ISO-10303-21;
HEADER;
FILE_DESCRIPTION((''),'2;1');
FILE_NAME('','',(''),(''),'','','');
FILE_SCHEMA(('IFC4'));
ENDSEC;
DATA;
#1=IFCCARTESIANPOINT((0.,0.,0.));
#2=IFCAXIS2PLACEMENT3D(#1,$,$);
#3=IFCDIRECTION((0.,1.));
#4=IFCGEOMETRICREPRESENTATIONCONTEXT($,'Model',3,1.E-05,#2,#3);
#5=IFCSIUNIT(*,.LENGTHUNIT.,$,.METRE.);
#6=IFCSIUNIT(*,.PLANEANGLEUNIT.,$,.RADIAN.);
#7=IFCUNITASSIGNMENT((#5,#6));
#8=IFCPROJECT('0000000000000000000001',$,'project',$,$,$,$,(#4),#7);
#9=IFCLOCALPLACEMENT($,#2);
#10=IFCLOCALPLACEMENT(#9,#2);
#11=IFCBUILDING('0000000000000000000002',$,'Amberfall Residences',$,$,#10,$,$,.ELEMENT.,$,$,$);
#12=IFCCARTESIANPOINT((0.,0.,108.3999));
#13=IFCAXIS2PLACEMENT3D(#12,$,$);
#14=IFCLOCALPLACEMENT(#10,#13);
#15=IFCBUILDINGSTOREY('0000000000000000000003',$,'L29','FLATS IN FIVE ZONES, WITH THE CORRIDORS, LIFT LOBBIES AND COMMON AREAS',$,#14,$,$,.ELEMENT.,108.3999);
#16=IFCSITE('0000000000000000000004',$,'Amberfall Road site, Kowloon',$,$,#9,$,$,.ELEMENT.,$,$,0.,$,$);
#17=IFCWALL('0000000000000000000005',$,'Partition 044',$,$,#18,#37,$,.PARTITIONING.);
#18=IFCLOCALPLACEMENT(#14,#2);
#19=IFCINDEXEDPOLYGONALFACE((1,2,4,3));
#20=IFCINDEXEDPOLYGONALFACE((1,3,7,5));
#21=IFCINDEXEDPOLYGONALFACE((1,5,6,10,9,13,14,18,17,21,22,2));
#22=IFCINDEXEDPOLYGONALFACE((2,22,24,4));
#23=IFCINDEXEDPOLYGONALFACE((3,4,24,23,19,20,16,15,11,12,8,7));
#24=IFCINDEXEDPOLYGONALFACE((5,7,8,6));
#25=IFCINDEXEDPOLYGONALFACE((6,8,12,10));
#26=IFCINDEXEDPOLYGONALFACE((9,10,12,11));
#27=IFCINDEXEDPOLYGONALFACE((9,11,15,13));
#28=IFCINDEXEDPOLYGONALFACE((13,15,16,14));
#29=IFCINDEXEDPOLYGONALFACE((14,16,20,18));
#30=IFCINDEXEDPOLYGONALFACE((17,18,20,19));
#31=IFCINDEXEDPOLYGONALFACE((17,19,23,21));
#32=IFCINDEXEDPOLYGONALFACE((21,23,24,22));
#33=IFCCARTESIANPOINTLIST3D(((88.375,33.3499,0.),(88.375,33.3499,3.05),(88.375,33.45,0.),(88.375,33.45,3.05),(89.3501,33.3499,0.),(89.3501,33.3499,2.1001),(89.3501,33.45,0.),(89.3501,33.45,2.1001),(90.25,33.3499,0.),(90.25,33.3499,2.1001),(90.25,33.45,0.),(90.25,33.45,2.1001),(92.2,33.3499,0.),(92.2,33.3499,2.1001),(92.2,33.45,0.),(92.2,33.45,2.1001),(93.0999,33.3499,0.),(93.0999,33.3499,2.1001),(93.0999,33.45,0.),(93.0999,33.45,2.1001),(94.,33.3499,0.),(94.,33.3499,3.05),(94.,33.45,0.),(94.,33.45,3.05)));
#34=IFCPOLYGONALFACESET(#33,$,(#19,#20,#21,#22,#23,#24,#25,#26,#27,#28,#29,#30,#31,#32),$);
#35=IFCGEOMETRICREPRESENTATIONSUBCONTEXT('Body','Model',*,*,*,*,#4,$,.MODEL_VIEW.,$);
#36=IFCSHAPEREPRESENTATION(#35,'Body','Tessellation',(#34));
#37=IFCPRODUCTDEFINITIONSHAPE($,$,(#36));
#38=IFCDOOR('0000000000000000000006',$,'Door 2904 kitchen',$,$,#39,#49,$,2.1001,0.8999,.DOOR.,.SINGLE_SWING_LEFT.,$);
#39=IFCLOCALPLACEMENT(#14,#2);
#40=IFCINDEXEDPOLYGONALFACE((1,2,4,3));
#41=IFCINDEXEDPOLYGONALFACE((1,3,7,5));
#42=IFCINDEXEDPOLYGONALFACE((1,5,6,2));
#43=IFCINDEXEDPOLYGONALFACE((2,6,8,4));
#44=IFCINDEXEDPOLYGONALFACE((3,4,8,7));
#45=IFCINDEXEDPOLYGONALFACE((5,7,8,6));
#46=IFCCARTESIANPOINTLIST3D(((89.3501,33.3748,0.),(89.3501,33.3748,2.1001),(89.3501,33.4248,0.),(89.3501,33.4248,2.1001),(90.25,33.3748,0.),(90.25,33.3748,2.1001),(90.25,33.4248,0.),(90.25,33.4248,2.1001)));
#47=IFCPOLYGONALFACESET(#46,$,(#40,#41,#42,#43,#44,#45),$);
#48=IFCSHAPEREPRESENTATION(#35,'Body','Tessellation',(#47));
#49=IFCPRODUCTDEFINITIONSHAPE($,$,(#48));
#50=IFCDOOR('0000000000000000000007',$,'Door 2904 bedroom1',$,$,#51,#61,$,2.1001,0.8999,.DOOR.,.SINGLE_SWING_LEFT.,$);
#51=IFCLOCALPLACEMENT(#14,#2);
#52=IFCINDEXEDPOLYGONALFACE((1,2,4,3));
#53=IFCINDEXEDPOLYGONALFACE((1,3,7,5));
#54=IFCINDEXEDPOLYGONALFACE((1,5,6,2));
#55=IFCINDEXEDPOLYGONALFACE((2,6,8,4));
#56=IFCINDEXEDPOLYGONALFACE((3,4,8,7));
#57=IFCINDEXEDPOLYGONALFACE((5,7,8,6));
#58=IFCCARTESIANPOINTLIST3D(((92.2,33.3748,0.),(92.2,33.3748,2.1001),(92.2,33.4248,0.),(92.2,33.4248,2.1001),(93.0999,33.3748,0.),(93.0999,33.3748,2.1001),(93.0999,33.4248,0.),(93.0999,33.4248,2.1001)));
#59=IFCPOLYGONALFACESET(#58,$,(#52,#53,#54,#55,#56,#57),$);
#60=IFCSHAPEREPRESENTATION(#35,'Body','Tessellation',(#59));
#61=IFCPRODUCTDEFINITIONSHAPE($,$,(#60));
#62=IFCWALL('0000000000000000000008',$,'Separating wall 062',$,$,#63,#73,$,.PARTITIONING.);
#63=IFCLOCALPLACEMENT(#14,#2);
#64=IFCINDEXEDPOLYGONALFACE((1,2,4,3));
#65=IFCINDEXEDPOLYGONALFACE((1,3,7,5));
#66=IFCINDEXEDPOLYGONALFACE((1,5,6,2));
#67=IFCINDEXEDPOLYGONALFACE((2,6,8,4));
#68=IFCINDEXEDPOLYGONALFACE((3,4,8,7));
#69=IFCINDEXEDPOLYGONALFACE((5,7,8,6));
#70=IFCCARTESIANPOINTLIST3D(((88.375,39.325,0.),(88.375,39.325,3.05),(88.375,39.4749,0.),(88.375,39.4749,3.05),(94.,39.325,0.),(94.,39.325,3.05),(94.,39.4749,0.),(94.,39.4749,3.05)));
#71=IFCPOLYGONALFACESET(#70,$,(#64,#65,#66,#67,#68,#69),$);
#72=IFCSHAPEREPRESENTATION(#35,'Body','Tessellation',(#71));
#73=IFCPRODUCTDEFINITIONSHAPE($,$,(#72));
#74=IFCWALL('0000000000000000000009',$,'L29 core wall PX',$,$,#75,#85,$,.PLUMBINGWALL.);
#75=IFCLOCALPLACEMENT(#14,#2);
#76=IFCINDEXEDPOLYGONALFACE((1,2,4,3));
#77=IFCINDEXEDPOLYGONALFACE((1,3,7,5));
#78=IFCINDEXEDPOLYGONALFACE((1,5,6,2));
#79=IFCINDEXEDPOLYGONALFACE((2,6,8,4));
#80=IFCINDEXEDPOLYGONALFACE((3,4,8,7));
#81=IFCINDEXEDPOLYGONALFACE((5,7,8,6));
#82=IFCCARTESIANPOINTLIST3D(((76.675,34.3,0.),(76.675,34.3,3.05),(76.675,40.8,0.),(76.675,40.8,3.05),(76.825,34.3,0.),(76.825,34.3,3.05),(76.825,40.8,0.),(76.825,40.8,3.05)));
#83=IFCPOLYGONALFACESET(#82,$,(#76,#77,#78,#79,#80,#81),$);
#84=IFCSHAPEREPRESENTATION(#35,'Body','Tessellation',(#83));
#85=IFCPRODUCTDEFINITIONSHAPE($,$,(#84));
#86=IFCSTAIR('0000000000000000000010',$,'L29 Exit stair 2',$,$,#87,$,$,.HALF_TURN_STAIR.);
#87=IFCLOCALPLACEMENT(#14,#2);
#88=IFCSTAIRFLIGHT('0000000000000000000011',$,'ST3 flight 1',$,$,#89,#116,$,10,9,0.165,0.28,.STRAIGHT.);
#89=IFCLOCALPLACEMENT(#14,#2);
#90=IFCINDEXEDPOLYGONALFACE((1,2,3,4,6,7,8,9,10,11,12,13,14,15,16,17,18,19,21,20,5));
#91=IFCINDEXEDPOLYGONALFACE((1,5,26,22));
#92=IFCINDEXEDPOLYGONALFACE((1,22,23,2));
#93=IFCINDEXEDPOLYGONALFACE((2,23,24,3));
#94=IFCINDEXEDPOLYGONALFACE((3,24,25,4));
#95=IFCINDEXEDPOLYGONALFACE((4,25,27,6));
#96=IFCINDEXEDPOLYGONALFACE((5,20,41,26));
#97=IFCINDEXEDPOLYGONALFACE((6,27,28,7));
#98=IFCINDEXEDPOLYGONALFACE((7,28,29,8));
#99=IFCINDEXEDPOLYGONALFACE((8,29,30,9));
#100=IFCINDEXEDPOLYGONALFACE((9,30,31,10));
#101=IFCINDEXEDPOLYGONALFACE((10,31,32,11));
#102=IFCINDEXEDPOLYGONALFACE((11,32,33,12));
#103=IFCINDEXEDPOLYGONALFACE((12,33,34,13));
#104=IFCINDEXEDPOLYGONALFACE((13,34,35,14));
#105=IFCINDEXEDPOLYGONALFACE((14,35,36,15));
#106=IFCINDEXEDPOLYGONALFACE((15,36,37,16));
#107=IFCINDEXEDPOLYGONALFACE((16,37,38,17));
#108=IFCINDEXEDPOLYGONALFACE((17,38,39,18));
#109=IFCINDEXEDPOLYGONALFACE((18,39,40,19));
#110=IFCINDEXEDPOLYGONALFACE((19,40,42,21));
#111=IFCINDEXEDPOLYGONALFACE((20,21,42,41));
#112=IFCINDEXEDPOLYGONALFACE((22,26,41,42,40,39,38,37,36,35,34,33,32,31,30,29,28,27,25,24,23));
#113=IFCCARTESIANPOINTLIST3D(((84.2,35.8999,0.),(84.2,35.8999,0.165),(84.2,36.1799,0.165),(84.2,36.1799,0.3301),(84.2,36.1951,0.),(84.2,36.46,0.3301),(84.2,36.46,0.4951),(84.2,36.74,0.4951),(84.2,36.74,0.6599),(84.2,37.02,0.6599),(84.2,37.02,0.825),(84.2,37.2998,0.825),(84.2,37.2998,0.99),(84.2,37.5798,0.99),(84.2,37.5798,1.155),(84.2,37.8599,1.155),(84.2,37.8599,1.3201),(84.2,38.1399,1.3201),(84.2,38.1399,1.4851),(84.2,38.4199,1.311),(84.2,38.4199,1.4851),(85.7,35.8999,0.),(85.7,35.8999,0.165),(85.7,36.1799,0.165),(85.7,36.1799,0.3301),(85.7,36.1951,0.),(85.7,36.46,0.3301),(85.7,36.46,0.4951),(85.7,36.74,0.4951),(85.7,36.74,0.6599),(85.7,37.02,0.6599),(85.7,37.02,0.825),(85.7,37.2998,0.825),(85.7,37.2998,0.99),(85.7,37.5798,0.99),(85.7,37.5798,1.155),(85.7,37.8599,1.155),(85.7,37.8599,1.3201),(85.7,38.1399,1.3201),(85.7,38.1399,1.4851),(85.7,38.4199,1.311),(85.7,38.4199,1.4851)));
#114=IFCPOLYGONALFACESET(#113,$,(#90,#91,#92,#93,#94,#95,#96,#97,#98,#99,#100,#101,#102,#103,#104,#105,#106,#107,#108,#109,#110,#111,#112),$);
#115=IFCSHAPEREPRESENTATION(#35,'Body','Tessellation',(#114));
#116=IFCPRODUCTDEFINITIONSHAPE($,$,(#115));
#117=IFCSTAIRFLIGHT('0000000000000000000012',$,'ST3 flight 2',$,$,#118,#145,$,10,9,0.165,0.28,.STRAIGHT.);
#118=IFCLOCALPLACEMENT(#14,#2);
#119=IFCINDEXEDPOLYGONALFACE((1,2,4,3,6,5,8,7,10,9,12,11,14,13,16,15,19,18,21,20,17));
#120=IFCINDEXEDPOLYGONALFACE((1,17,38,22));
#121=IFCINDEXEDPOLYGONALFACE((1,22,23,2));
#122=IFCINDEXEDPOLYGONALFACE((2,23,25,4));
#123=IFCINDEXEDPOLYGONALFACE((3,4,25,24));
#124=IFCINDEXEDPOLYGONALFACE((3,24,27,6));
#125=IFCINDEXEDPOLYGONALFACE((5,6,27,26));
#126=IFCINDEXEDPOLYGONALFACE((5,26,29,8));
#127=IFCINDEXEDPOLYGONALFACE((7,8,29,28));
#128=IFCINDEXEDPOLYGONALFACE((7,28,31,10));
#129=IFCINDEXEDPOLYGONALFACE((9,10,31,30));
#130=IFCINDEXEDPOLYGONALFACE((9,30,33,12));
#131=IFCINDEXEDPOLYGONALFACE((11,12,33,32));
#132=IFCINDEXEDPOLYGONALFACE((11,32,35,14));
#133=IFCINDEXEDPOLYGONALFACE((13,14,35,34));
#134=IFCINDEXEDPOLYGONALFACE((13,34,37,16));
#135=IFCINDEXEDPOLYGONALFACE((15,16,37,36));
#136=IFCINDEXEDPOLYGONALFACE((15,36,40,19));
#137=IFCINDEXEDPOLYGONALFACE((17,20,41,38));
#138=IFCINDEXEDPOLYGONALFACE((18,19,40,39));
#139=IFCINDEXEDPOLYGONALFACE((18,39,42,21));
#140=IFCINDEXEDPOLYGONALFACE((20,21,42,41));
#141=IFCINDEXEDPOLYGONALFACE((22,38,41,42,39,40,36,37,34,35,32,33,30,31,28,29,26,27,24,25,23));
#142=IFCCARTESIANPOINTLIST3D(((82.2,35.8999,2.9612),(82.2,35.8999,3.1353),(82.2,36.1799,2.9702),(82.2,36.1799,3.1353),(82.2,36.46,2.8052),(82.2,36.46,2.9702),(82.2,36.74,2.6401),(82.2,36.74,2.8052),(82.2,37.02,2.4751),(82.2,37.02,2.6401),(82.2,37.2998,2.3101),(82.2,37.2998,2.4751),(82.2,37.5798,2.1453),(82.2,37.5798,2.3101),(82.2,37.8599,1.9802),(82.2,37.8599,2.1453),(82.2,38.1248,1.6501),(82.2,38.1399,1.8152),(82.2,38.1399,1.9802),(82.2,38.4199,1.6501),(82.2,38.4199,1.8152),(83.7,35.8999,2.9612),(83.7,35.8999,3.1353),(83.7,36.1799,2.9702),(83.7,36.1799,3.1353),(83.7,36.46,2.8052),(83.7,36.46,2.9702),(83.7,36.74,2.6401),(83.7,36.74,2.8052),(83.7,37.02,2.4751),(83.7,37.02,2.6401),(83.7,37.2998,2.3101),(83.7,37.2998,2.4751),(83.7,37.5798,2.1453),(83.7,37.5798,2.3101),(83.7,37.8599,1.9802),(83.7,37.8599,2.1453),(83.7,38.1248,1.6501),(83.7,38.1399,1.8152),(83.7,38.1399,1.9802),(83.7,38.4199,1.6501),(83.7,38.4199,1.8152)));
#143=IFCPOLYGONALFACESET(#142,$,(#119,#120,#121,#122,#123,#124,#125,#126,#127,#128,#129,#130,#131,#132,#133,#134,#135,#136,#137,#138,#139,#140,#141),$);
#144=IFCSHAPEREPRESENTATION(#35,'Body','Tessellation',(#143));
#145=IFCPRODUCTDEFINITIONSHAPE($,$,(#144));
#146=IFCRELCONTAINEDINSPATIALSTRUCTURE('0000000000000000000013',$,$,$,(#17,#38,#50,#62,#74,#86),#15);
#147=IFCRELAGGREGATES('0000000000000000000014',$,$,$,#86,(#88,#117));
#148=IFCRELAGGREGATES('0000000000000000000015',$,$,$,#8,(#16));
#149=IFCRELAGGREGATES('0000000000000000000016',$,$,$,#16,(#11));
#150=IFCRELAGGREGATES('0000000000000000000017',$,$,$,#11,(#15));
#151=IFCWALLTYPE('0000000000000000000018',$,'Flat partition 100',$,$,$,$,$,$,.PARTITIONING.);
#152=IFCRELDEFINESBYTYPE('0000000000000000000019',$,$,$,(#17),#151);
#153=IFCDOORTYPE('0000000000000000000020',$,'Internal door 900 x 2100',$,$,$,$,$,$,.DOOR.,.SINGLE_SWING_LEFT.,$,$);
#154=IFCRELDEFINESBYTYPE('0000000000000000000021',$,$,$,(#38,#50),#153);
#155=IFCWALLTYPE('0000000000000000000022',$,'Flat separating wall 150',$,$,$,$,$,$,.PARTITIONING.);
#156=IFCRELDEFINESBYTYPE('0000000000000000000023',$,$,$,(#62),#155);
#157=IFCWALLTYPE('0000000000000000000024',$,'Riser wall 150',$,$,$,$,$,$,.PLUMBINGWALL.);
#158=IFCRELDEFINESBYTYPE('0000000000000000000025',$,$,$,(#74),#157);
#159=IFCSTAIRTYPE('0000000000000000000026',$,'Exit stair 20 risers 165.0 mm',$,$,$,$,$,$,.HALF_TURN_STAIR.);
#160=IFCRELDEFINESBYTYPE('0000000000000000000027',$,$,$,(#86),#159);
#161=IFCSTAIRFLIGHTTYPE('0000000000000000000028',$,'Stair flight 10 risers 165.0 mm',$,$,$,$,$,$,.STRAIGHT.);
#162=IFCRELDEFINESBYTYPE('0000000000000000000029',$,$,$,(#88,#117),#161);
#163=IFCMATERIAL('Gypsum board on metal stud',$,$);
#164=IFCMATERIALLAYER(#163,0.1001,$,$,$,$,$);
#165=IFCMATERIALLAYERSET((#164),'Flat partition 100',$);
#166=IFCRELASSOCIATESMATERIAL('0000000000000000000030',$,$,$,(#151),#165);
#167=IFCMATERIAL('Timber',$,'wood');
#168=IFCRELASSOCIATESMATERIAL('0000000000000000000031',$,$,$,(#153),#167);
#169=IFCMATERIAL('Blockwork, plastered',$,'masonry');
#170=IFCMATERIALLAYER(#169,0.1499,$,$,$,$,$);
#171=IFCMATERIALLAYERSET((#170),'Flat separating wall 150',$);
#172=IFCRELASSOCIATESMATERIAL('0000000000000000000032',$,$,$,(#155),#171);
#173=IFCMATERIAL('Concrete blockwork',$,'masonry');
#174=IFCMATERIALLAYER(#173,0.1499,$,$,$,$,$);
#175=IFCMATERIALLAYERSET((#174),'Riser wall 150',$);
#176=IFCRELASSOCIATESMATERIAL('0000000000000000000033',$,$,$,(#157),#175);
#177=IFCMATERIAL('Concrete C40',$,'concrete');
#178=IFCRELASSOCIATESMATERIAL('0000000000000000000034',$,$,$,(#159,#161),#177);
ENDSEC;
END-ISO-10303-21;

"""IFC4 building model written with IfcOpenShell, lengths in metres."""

from ifc_helpers import new_model, si_unit, direction, frame, frame_2d, origin, place, context, subcontext, project, spatial, polyline, rectangle, outline, extrude, material, layer, layer_set, type_object, element, fill, aggregate, save


model = new_model("IFC4")

# Units and contexts
model_context = context("Model", 3, precision=1e-05, world=origin(), true_north=direction((0.0, 1.0)))
body_context = subcontext(model_context, "Body", "Model", "MODEL_VIEW")
ifc_project = project(units=[si_unit("LENGTHUNIT", "METRE"), si_unit("PLANEANGLEUNIT", "RADIAN")], contexts=[model_context])

# Site, building, storey
site_placement = place(None, origin())
site = spatial("IfcSite", under=ifc_project, at=site_placement, Name="Amberfall Road site, Kowloon", CompositionType="ELEMENT", RefElevation=0.0)
building_placement = place(site_placement, origin())
building = spatial("IfcBuilding", under=site, at=building_placement, Name="Amberfall Residences", CompositionType="ELEMENT")
storey_placement = place(building_placement, frame((0.0, 0.0, 108.3999)))
storey = spatial("IfcBuildingStorey", under=building, at=storey_placement, Name="L29", Description="FLATS IN FIVE ZONES, WITH THE CORRIDORS, LIFT LOBBIES AND COMMON AREAS", CompositionType="ELEMENT", Elevation=108.3999)

# Shared definitions
ifc_material_1 = material(Name="Gypsum board on metal stud")
ifc_layer_1 = layer(ifc_material_1, 0.1001)
ifc_layer_set_1 = layer_set([ifc_layer_1], Name="Flat partition 100")
wall_type_1 = type_object("IfcWallType", Name="Flat partition 100", PredefinedType="PARTITIONING", material=ifc_layer_set_1)
ifc_material_2 = material(Name="Timber", Category="wood")
door_type_1 = type_object("IfcDoorType", Name="Internal door 900 x 2100", OperationType="SINGLE_SWING_LEFT", PredefinedType="DOOR", material=ifc_material_2)

# Wall, openings, doors
wall_1_placement = place(storey_placement, frame((88.375, 33.3999, 0.0), z_axis=(0.0, 0.0, 1.0), x_axis=(1.0, 0.0, 0.0)))
wall_1 = element("IfcWall", 1, at=wall_1_placement, inside=storey, type_object=wall_type_1, Name="Partition 044", PredefinedType="PARTITIONING", context=body_context, shape_type="SweptSolid", body=[
    extrude(rectangle(XDim=5.625, YDim=0.1001, at=frame_2d((2.8125, 0.0))), origin(), (0.0, 0.0, 1.0), 3.05),
])
opening_1_placement = place(wall_1_placement, frame((0.9751, 0.0, 0.0)))
opening_1 = element("IfcOpeningElement", 2, at=opening_1_placement, cuts=wall_1, PredefinedType="OPENING", context=body_context, shape_type="SweptSolid", body=[
    extrude(rectangle(XDim=0.8999, YDim=2.1001, at=frame_2d((0.45, 1.05))), frame((0.0, 0.0601, 0.0), z_axis=(0.0, -1.0, 0.0), x_axis=(1.0, 0.0, 0.0)), (0.0, 0.0, 1.0), 0.1201),
])
opening_2_placement = place(wall_1_placement, frame((3.825, 0.0, 0.0)))
opening_2 = element("IfcOpeningElement", 3, at=opening_2_placement, cuts=wall_1, PredefinedType="OPENING", context=body_context, shape_type="SweptSolid", body=[
    extrude(rectangle(XDim=0.8999, YDim=2.1001, at=frame_2d((0.45, 1.05))), frame((0.0, 0.0601, 0.0), z_axis=(0.0, -1.0, 0.0), x_axis=(1.0, 0.0, 0.0)), (0.0, 0.0, 1.0), 0.1201),
])
door_1_placement = place(opening_1_placement, origin())
door_1 = element("IfcDoor", 4, at=door_1_placement, inside=storey, type_object=door_type_1, Name="Door 2904 kitchen", OperationType="SINGLE_SWING_LEFT", OverallHeight=2.1001, OverallWidth=0.8999, PredefinedType="DOOR", context=body_context, shape_type="SweptSolid", body=[
    extrude(rectangle(XDim=0.8999, YDim=2.1001, at=frame_2d((0.45, 1.05))), frame((0.0, 0.0249, 0.0), z_axis=(0.0, -1.0, 0.0), x_axis=(1.0, 0.0, 0.0)), (0.0, 0.0, 1.0), 0.05),
])
fill(opening_1, door_1)
door_2_placement = place(opening_2_placement, origin())
door_2 = element("IfcDoor", 5, at=door_2_placement, inside=storey, type_object=door_type_1, Name="Door 2904 bedroom1", OperationType="SINGLE_SWING_LEFT", OverallHeight=2.1001, OverallWidth=0.8999, PredefinedType="DOOR", context=body_context, shape_type="SweptSolid", body=[
    extrude(rectangle(XDim=0.8999, YDim=2.1001, at=frame_2d((0.45, 1.05))), frame((0.0, 0.0249, 0.0), z_axis=(0.0, -1.0, 0.0), x_axis=(1.0, 0.0, 0.0)), (0.0, 0.0, 1.0), 0.05),
])
fill(opening_2, door_2)

# Walls
ifc_material_3 = material(Name="Blockwork, plastered", Category="masonry")
ifc_layer_2 = layer(ifc_material_3, 0.1499)
ifc_layer_set_2 = layer_set([ifc_layer_2], Name="Flat separating wall 150")
wall_type_2 = type_object("IfcWallType", Name="Flat separating wall 150", PredefinedType="PARTITIONING", material=ifc_layer_set_2)
wall_2_placement = place(storey_placement, frame((88.375, 39.3999, 0.0), z_axis=(0.0, 0.0, 1.0), x_axis=(1.0, 0.0, 0.0)))
element("IfcWall", 6, at=wall_2_placement, inside=storey, type_object=wall_type_2, Name="Separating wall 062", PredefinedType="PARTITIONING", context=body_context, shape_type="SweptSolid", body=[
    extrude(rectangle(XDim=5.625, YDim=0.1499, at=frame_2d((2.8125, 0.0))), origin(), (0.0, 0.0, 1.0), 3.05),
])
ifc_material_4 = material(Name="Concrete blockwork", Category="masonry")
ifc_layer_3 = layer(ifc_material_4, 0.1499)
ifc_layer_set_3 = layer_set([ifc_layer_3], Name="Riser wall 150")
wall_type_3 = type_object("IfcWallType", Name="Riser wall 150", PredefinedType="PLUMBINGWALL", material=ifc_layer_set_3)
wall_3_placement = place(storey_placement, frame((76.75, 34.3, 0.0), z_axis=(0.0, 0.0, 1.0), x_axis=(0.0, 1.0, 0.0)))
element("IfcWall", 7, at=wall_3_placement, inside=storey, type_object=wall_type_3, Name="L29 core wall PX", PredefinedType="PLUMBINGWALL", context=body_context, shape_type="SweptSolid", body=[
    extrude(rectangle(XDim=6.5, YDim=0.1499, at=frame_2d((3.25, 0.0))), origin(), (0.0, 0.0, 1.0), 3.05),
])

# Stair, stair flights
ifc_material_5 = material(Name="Concrete C40", Category="concrete")
stair_type = type_object("IfcStairType", Name="Exit stair 20 risers 165.0 mm", PredefinedType="HALF_TURN_STAIR", material=ifc_material_5)
stair_placement = place(storey_placement, origin())
stair = element("IfcStair", 8, at=stair_placement, inside=storey, type_object=stair_type, Name="L29 Exit stair 2", PredefinedType="HALF_TURN_STAIR")
stair_flight_type = type_object("IfcStairFlightType", Name="Stair flight 10 risers 165.0 mm", PredefinedType="STRAIGHT", material=ifc_material_5)
stair_flight_1_placement = place(storey_placement, frame((84.95, 35.8999, 0.0), z_axis=(0.0, 0.0, 1.0), x_axis=(0.0, 1.0, 0.0)))
stair_flight_1 = element("IfcStairFlight", 9, at=stair_flight_1_placement, type_object=stair_flight_type, Name="ST3 flight 1", NumberOfRisers=10, NumberOfTreads=9, PredefinedType="STRAIGHT", RiserHeight=0.165, TreadLength=0.28, context=body_context, shape_type="SweptSolid", body=[
    extrude(outline(polyline([(0.0, 0.0), (0.0, 0.165), (0.28, 0.165), (0.28, 0.3301), (0.5601, 0.3301), (0.5601, 0.4951), (0.8401, 0.4951), (0.8401, 0.6599), (1.1201, 0.6599), (1.1201, 0.825), (1.3999, 0.825), (1.3999, 0.99), (1.6799, 0.99), (1.6799, 1.155), (1.96, 1.155), (1.96, 1.3201), (2.24, 1.3201), (2.24, 1.4851), (2.52, 1.4851), (2.52, 1.6499), (2.52, 1.311), (0.2952, 0.0), (0.0, 0.0)])), frame((0.0, 0.75, 0.0), z_axis=(0.0, -1.0, 0.0), x_axis=(1.0, 0.0, 0.0)), (0.0, 0.0, 1.0), 1.5),
])
stair_flight_2_placement = place(storey_placement, frame((82.95, 38.4199, 1.6501), z_axis=(0.0, 0.0, 1.0), x_axis=(0.0, -1.0, 0.0)))
stair_flight_2 = element("IfcStairFlight", 10, at=stair_flight_2_placement, type_object=stair_flight_type, Name="ST3 flight 2", NumberOfRisers=10, NumberOfTreads=9, PredefinedType="STRAIGHT", RiserHeight=0.165, TreadLength=0.28, context=body_context, shape_type="SweptSolid", body=[
    extrude(outline(polyline([(0.0, 0.0), (0.0, 0.165), (0.28, 0.165), (0.28, 0.3301), (0.5601, 0.3301), (0.5601, 0.4951), (0.8401, 0.4951), (0.8401, 0.6599), (1.1201, 0.6599), (1.1201, 0.825), (1.3999, 0.825), (1.3999, 0.99), (1.6799, 0.99), (1.6799, 1.155), (1.96, 1.155), (1.96, 1.3201), (2.24, 1.3201), (2.24, 1.4851), (2.52, 1.4851), (2.52, 1.6499), (2.52, 1.311), (0.2952, 0.0), (0.0, 0.0)])), frame((0.0, 0.75, 0.0), z_axis=(0.0, -1.0, 0.0), x_axis=(1.0, 0.0, 0.0)), (0.0, 0.0, 1.0), 1.5),
])
aggregate(stair, [stair_flight_1, stair_flight_2])

save(model, "model.ifc")
